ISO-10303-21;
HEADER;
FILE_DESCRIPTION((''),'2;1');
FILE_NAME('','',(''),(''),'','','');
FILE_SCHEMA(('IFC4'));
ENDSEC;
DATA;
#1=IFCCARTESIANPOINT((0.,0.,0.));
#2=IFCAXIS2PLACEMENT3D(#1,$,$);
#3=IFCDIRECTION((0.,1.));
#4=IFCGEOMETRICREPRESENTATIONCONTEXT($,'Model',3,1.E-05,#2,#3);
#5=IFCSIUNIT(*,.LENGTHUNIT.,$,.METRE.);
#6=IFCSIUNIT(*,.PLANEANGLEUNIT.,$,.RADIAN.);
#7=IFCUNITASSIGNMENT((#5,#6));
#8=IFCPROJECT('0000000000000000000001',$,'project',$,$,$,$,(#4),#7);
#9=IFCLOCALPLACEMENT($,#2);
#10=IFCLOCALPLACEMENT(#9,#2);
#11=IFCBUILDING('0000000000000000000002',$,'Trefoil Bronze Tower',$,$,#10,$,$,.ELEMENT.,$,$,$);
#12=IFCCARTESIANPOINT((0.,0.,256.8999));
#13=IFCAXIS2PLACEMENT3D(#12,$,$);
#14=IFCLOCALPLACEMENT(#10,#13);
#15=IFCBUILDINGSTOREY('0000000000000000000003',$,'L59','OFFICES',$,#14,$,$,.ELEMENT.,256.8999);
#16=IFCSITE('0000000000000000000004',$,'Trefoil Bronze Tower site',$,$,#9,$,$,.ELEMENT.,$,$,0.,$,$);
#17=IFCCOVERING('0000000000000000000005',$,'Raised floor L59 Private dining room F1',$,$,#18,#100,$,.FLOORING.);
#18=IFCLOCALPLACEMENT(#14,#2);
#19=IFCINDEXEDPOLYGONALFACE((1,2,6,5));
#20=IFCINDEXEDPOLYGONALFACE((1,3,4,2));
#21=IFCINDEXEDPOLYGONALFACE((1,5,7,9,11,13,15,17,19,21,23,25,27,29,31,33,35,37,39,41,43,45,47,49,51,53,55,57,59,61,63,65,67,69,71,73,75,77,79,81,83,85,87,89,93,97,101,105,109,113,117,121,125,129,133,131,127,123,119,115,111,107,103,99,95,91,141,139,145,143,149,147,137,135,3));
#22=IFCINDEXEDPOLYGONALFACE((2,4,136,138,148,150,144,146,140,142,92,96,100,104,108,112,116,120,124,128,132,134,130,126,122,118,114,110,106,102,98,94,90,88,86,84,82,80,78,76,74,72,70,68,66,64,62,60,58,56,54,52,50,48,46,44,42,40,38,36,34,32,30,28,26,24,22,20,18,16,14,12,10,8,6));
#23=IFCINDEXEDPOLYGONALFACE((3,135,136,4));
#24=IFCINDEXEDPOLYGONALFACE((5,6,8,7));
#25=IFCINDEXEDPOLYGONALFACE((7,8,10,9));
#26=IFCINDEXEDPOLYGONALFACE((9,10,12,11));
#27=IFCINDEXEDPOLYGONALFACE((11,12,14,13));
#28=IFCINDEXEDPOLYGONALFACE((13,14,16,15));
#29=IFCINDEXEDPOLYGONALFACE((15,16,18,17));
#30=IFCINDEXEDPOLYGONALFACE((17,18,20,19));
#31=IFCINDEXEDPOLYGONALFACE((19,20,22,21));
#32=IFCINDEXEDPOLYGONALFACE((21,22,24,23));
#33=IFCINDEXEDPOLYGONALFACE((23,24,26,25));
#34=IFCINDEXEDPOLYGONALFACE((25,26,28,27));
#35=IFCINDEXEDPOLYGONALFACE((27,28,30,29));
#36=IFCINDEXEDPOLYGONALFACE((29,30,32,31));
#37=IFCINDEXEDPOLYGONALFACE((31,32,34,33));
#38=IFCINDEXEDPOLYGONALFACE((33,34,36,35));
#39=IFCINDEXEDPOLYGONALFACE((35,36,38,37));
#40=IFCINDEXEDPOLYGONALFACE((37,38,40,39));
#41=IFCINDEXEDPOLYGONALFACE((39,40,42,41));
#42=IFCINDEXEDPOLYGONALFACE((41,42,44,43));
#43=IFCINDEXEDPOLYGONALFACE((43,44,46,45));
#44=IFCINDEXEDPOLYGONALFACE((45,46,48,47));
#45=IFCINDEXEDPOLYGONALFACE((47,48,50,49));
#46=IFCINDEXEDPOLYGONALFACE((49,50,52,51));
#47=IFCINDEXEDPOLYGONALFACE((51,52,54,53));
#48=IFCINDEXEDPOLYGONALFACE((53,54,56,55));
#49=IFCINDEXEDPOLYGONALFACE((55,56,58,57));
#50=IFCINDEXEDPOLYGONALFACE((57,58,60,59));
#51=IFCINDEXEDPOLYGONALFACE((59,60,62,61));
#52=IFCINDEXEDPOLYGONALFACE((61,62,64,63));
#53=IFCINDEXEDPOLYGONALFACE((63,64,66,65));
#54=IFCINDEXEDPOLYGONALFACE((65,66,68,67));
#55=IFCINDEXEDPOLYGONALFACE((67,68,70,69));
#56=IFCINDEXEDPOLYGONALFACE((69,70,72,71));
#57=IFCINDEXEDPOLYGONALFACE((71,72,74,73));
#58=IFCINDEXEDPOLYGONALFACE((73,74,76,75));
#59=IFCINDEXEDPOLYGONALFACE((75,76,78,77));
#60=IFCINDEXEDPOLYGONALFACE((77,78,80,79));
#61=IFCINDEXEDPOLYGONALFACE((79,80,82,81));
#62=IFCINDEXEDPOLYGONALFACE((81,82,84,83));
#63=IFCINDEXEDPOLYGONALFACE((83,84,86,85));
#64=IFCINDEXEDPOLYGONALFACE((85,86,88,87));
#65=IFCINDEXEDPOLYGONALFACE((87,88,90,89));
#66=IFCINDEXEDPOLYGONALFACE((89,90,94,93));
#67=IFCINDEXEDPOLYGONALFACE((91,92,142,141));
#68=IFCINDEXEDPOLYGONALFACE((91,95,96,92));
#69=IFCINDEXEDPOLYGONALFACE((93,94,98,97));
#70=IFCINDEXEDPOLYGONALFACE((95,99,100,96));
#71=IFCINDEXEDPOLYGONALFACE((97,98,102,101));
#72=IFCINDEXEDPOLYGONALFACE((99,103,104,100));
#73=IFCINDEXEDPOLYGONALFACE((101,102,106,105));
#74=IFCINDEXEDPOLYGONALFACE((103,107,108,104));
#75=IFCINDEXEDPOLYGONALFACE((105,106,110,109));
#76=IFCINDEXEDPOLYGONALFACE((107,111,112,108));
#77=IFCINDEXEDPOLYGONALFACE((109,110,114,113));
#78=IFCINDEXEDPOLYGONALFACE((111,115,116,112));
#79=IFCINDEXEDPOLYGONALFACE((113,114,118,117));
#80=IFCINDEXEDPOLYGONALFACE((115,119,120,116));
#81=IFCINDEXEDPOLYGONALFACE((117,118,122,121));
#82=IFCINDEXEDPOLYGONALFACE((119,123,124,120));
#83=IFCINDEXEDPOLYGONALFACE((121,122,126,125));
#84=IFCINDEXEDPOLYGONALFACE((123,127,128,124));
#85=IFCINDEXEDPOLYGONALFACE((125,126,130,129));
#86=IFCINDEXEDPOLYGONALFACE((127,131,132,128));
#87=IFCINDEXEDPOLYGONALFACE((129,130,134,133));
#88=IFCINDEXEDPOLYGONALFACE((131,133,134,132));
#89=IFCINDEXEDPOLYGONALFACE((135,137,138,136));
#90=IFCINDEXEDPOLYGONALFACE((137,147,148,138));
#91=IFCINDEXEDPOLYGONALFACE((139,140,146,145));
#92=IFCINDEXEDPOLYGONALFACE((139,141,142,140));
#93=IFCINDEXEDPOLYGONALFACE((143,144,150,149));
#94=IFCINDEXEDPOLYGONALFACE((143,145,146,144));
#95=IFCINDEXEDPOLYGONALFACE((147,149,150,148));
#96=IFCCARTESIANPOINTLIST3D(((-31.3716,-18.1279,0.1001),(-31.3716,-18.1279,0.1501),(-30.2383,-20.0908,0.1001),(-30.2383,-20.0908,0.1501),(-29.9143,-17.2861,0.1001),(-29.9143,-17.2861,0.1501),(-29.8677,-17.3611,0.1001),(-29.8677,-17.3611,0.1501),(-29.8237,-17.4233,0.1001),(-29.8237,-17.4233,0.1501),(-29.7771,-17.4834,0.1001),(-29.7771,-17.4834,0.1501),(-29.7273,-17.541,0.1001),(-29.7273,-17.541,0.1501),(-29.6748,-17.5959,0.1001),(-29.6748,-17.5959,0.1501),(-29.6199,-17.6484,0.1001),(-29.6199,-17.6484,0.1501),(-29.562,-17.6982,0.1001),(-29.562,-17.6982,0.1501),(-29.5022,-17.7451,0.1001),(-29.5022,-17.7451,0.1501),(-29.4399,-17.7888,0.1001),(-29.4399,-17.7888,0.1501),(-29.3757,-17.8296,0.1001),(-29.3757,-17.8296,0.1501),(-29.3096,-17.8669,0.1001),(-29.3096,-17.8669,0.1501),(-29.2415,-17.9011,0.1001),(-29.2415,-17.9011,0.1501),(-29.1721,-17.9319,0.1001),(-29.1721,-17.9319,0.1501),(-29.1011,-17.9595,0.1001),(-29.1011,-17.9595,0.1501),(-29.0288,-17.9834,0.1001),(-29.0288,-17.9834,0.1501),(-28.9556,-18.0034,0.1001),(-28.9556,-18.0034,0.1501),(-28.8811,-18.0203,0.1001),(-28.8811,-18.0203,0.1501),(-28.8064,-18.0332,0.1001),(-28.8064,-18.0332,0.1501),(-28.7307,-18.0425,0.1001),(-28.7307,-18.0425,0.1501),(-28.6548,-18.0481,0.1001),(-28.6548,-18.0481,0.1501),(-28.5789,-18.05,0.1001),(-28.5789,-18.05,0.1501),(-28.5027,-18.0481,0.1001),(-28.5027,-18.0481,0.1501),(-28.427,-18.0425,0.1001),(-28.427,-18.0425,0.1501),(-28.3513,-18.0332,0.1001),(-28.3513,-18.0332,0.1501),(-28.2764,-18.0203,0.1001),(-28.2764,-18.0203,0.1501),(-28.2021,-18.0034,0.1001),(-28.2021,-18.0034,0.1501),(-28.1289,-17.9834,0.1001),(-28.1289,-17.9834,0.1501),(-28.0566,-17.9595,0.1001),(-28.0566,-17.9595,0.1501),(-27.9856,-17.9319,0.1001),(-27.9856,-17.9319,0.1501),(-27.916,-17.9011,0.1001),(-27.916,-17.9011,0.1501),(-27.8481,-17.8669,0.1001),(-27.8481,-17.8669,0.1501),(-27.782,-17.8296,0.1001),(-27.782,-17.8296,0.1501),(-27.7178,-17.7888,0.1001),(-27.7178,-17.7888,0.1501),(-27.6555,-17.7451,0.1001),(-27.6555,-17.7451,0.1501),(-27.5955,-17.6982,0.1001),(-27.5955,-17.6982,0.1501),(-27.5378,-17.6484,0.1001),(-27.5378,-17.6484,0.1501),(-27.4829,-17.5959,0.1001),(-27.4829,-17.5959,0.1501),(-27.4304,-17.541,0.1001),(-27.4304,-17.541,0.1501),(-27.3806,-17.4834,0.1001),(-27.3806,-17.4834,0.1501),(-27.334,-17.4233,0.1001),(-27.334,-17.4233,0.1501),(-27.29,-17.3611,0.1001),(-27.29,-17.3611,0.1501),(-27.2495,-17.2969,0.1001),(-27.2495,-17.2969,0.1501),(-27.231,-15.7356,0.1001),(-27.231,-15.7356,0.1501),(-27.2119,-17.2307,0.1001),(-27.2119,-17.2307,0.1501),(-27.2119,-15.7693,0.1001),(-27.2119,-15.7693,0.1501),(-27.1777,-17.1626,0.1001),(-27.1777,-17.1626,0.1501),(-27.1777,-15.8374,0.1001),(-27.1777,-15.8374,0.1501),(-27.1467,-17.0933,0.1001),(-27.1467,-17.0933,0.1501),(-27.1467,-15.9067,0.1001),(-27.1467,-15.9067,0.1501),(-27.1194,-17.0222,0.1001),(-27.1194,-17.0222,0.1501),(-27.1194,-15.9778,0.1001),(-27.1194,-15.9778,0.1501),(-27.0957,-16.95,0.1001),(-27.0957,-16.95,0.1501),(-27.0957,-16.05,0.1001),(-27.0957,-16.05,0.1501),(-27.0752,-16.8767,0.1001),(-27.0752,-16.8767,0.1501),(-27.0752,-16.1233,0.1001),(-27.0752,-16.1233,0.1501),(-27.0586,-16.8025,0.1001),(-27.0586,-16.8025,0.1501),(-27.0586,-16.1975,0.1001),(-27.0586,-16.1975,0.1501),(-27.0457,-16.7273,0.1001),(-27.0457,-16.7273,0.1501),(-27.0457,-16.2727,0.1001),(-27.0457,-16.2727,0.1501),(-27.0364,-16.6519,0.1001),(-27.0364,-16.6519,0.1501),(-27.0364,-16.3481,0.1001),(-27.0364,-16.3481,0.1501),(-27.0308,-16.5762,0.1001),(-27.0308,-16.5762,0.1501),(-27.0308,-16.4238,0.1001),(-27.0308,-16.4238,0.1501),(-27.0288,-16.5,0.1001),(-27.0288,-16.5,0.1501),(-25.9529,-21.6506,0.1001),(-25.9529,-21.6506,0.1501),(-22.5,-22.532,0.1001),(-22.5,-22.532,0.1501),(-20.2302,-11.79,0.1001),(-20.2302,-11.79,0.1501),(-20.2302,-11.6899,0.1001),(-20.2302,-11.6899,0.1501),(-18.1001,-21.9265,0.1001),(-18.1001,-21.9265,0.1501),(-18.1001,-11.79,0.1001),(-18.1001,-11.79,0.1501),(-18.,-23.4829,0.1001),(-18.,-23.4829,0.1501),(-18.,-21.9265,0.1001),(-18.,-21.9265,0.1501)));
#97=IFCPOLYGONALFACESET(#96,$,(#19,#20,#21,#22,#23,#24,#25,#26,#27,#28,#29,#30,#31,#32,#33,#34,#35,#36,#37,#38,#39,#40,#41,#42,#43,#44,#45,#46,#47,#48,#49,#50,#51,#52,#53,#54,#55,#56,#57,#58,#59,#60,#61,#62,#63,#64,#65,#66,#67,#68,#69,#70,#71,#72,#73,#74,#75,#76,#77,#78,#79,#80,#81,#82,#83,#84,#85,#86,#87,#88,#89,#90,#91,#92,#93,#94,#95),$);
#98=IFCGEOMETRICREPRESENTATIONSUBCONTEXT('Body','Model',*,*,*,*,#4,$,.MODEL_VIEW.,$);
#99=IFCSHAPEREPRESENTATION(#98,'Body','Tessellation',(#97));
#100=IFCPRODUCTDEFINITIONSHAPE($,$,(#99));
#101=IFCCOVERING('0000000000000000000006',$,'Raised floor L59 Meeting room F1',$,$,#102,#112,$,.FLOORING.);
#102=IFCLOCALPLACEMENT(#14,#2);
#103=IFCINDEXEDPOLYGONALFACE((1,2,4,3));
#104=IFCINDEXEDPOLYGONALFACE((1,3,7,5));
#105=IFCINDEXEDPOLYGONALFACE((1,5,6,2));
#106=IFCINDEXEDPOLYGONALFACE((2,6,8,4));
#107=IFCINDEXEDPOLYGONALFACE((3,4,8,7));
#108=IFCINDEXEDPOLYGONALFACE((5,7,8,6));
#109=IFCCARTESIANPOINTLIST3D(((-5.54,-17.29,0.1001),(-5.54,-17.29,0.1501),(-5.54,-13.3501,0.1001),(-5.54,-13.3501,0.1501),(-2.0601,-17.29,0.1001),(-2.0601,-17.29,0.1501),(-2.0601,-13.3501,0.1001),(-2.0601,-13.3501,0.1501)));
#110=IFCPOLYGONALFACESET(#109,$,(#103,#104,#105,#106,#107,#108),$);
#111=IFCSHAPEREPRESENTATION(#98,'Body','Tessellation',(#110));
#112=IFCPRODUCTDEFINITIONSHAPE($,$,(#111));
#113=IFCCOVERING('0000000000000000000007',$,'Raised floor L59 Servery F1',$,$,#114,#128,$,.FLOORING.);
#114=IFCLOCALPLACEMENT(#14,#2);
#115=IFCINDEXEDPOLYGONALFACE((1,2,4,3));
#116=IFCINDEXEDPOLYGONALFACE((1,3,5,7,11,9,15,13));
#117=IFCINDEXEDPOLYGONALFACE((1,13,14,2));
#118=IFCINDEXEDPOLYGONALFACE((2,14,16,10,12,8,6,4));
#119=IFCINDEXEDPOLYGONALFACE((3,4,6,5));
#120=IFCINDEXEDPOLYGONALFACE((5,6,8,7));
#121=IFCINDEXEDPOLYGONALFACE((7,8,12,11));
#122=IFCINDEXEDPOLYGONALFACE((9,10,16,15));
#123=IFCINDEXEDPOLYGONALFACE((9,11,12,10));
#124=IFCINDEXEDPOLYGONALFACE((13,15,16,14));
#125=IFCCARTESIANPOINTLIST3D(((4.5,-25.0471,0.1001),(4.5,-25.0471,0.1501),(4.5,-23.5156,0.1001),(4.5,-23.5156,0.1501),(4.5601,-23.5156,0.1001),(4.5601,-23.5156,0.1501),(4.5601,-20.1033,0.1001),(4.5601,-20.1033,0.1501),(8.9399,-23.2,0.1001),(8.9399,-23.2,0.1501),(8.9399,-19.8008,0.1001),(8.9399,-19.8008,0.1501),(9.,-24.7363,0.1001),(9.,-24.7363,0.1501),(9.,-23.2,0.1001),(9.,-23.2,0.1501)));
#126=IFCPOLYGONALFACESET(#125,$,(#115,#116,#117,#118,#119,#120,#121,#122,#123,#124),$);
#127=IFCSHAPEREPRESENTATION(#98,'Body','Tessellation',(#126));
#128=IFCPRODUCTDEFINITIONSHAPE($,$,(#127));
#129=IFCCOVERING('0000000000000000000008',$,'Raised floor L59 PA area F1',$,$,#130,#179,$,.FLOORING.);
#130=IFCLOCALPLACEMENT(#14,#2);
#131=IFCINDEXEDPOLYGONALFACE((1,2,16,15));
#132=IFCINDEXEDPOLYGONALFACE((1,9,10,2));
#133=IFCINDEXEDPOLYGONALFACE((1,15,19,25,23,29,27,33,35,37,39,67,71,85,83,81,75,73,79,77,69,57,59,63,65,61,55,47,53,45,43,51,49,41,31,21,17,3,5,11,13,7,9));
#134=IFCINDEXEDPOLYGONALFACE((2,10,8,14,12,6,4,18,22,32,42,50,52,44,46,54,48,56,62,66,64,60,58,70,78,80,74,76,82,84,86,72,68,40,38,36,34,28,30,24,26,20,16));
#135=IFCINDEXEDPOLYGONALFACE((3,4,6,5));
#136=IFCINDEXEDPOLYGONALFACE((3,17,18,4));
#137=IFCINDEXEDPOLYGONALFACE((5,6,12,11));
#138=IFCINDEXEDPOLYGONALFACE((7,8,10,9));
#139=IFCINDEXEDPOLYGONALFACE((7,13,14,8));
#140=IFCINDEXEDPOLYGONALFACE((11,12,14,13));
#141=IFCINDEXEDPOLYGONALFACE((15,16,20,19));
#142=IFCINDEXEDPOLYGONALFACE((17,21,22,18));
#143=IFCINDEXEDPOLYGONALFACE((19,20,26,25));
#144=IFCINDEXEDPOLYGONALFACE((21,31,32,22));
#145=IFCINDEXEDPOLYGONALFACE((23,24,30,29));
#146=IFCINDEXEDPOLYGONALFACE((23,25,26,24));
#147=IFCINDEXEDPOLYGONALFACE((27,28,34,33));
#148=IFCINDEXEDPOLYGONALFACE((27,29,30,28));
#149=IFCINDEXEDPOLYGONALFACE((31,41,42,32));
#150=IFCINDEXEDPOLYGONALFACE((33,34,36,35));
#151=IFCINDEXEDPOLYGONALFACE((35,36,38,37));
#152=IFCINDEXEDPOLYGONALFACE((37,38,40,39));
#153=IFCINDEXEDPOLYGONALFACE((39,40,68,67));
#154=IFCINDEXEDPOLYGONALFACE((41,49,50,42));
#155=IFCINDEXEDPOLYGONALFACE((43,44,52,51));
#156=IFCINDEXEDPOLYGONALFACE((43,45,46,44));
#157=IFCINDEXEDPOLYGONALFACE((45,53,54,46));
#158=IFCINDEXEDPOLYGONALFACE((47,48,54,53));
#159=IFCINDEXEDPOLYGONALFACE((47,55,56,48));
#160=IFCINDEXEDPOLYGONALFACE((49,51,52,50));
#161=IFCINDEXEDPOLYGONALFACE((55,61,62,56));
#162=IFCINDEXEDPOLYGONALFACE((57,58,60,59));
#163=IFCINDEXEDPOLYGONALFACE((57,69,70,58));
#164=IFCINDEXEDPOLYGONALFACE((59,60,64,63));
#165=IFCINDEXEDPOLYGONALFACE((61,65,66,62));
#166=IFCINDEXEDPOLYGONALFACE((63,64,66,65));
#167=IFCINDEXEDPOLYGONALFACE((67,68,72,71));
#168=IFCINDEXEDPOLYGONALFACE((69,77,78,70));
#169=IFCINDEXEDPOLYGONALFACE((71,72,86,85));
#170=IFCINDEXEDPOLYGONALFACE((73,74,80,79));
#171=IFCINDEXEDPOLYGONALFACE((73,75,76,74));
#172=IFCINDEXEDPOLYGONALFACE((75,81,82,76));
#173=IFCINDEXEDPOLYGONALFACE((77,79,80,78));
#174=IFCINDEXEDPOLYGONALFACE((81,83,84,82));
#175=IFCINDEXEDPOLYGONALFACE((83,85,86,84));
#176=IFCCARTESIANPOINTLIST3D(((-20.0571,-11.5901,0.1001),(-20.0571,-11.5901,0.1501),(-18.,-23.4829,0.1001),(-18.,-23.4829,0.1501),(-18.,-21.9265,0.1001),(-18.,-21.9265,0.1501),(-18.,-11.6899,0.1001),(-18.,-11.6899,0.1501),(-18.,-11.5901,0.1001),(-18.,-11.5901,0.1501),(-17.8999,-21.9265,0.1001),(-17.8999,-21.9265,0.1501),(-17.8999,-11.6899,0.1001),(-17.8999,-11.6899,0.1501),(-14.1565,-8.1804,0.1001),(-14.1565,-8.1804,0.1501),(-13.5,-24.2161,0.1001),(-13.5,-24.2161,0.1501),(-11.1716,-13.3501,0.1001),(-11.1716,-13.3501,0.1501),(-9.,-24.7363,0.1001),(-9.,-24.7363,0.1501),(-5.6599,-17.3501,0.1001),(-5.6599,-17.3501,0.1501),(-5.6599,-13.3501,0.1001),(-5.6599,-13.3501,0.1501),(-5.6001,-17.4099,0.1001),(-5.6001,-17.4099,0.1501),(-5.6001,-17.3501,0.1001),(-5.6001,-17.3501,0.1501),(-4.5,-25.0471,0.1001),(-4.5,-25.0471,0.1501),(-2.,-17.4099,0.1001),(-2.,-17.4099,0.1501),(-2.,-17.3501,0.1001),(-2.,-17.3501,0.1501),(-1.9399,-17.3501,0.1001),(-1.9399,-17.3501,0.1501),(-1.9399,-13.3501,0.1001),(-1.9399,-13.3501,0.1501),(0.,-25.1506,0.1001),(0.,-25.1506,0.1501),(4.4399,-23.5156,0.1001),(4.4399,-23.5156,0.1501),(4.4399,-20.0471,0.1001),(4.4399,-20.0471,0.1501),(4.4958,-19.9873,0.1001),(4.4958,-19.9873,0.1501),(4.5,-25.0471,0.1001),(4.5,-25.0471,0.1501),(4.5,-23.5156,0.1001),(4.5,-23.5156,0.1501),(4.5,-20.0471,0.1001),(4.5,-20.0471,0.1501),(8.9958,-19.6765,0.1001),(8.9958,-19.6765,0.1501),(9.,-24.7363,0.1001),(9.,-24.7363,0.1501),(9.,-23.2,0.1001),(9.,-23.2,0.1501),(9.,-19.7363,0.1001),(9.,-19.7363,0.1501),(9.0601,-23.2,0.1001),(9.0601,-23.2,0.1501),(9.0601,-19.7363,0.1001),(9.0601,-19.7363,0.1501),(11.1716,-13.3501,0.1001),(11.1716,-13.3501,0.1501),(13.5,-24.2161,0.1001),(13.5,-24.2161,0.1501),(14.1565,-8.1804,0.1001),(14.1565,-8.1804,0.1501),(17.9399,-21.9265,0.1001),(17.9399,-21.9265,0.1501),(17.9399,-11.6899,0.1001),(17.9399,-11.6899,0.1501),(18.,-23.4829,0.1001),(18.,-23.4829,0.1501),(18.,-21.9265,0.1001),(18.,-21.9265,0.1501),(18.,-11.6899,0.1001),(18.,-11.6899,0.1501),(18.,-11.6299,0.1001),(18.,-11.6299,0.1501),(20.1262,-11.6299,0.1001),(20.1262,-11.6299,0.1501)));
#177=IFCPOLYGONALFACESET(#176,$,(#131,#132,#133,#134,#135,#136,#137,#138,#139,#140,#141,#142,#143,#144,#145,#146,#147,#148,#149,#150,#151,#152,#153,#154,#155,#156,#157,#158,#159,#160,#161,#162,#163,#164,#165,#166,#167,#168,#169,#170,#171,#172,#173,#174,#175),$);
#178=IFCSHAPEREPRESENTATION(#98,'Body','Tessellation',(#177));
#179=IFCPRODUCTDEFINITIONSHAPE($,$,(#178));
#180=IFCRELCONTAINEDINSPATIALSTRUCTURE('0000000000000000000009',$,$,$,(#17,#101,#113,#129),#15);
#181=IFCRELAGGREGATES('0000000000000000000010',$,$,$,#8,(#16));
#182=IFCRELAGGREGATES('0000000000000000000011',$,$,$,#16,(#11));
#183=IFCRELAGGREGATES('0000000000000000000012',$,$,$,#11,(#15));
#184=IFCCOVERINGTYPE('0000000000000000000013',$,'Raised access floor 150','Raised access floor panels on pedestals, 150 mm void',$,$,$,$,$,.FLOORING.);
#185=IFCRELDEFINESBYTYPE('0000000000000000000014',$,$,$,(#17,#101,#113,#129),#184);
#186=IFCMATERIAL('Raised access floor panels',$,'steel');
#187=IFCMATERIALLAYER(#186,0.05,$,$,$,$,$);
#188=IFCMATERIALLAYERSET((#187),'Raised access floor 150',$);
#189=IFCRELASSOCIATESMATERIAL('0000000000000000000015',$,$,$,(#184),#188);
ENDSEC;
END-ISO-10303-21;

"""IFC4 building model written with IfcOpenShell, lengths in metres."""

from ifc_helpers import new_model, si_unit, direction, frame, origin, place, context, subcontext, project, spatial, polyline, outline, extrude, material, layer, layer_set, type_object, element, save


model = new_model("IFC4")

# Units and contexts
model_context = context("Model", 3, precision=1e-05, world=origin(), true_north=direction((0.0, 1.0)))
body_context = subcontext(model_context, "Body", "Model", "MODEL_VIEW")
ifc_project = project(units=[si_unit("LENGTHUNIT", "METRE"), si_unit("PLANEANGLEUNIT", "RADIAN")], contexts=[model_context])

# Site, building, storey
site_placement = place(None, origin())
site = spatial("IfcSite", under=ifc_project, at=site_placement, Name="Trefoil Bronze Tower site", CompositionType="ELEMENT", RefElevation=0.0)
building_placement = place(site_placement, origin())
building = spatial("IfcBuilding", under=site, at=building_placement, Name="Trefoil Bronze Tower", CompositionType="ELEMENT")
storey_placement = place(building_placement, frame((0.0, 0.0, 256.8999)))
storey = spatial("IfcBuildingStorey", under=building, at=storey_placement, Name="L59", Description="OFFICES", CompositionType="ELEMENT", Elevation=256.8999)

# Coverings
ifc_material_1 = material(Name="Raised access floor panels", Category="steel")
ifc_layer_1 = layer(ifc_material_1, 0.05)
ifc_layer_set_1 = layer_set([ifc_layer_1], Name="Raised access floor 150")
covering_type_1 = type_object("IfcCoveringType", Name="Raised access floor 150", Description="Raised access floor panels on pedestals, 150 mm void", PredefinedType="FLOORING", material=ifc_layer_set_1)
covering_1_placement = place(storey_placement, frame((0.0, 0.0, 0.1001)))
element("IfcCovering", 1, at=covering_1_placement, inside=storey, type_object=covering_type_1, Name="Raised floor L59 Private dining room F1", PredefinedType="FLOORING", context=body_context, shape_type="SweptSolid", body=[
    extrude(outline(polyline([(-27.2119, -15.7693), (-27.231, -15.7356), (-20.2302, -11.6899), (-20.2302, -11.79), (-18.1001, -11.79), (-18.1001, -21.9265), (-18.0, -21.9265), (-18.0, -23.4829), (-22.5, -22.532), (-25.9529, -21.6506), (-30.2383, -20.0908), (-31.3716, -18.1279), (-29.9143, -17.2861), (-29.8677, -17.3611), (-29.8237, -17.4233), (-29.7771, -17.4834), (-29.7273, -17.541), (-29.6748, -17.5959), (-29.6199, -17.6484), (-29.562, -17.6982), (-29.5022, -17.7451), (-29.4399, -17.7888), (-29.3757, -17.8296), (-29.3096, -17.8669), (-29.2415, -17.9011), (-29.1721, -17.9319), (-29.1011, -17.9595), (-29.0288, -17.9834), (-28.9556, -18.0034), (-28.8811, -18.0203), (-28.8064, -18.0332), (-28.7307, -18.0425), (-28.6548, -18.0481), (-28.5789, -18.05), (-28.5027, -18.0481), (-28.427, -18.0425), (-28.3513, -18.0332), (-28.2764, -18.0203), (-28.2021, -18.0034), (-28.1289, -17.9834), (-28.0566, -17.9595), (-27.9856, -17.9319), (-27.916, -17.9011), (-27.8481, -17.8669), (-27.782, -17.8296), (-27.7178, -17.7888), (-27.6555, -17.7451), (-27.5955, -17.6982), (-27.5378, -17.6484), (-27.4829, -17.5959), (-27.4304, -17.541), (-27.3806, -17.4834), (-27.334, -17.4233), (-27.29, -17.3611), (-27.2495, -17.2969), (-27.2119, -17.2307), (-27.1777, -17.1626), (-27.1467, -17.0933), (-27.1194, -17.0222), (-27.0957, -16.95), (-27.0752, -16.8767), (-27.0586, -16.8025), (-27.0457, -16.7273), (-27.0364, -16.6519), (-27.0308, -16.5762), (-27.0288, -16.5), (-27.0308, -16.4238), (-27.0364, -16.3481), (-27.0457, -16.2727), (-27.0586, -16.1975), (-27.0752, -16.1233), (-27.0957, -16.05), (-27.1194, -15.9778), (-27.1467, -15.9067), (-27.1777, -15.8374), (-27.2119, -15.7693)])), origin(), (0.0, 0.0, 1.0), 0.05),
])
covering_2_placement = place(storey_placement, frame((0.0, 0.0, 0.1001)))
element("IfcCovering", 2, at=covering_2_placement, inside=storey, type_object=covering_type_1, Name="Raised floor L59 Meeting room F1", PredefinedType="FLOORING", context=body_context, shape_type="SweptSolid", body=[
    extrude(outline(polyline([(-2.0601, -13.3501), (-2.0601, -17.29), (-5.54, -17.29), (-5.54, -13.3501), (-2.0601, -13.3501)])), origin(), (0.0, 0.0, 1.0), 0.05),
])
covering_3_placement = place(storey_placement, frame((0.0, 0.0, 0.1001)))
element("IfcCovering", 3, at=covering_3_placement, inside=storey, type_object=covering_type_1, Name="Raised floor L59 Servery F1", PredefinedType="FLOORING", context=body_context, shape_type="SweptSolid", body=[
    extrude(outline(polyline([(9.0, -24.7363), (4.5, -25.0471), (4.5, -23.5156), (4.5601, -23.5156), (4.5601, -20.1033), (8.9399, -19.8008), (8.9399, -23.2), (9.0, -23.2), (9.0, -24.7363)])), origin(), (0.0, 0.0, 1.0), 0.05),
])
covering_4_placement = place(storey_placement, frame((0.0, 0.0, 0.1001)))
element("IfcCovering", 4, at=covering_4_placement, inside=storey, type_object=covering_type_1, Name="Raised floor L59 PA area F1", PredefinedType="FLOORING", context=body_context, shape_type="SweptSolid", body=[
    extrude(outline(polyline([(-11.1716, -13.3501), (-5.6599, -13.3501), (-5.6599, -17.3501), (-5.6001, -17.3501), (-5.6001, -17.4099), (-2.0, -17.4099), (-2.0, -17.3501), (-1.9399, -17.3501), (-1.9399, -13.3501), (11.1716, -13.3501), (14.1565, -8.1804), (20.1262, -11.6299), (18.0, -11.6299), (18.0, -11.6899), (17.9399, -11.6899), (17.9399, -21.9265), (18.0, -21.9265), (18.0, -23.4829), (13.5, -24.2161), (9.0, -24.7363), (9.0, -23.2), (9.0601, -23.2), (9.0601, -19.7363), (9.0, -19.7363), (8.9958, -19.6765), (4.4958, -19.9873), (4.5, -20.0471), (4.4399, -20.0471), (4.4399, -23.5156), (4.5, -23.5156), (4.5, -25.0471), (0.0, -25.1506), (-4.5, -25.0471), (-9.0, -24.7363), (-13.5, -24.2161), (-18.0, -23.4829), (-18.0, -21.9265), (-17.8999, -21.9265), (-17.8999, -11.6899), (-18.0, -11.6899), (-18.0, -11.5901), (-20.0571, -11.5901), (-14.1565, -8.1804), (-11.1716, -13.3501)])), origin(), (0.0, 0.0, 1.0), 0.05),
])

save(model, "model.ifc")
